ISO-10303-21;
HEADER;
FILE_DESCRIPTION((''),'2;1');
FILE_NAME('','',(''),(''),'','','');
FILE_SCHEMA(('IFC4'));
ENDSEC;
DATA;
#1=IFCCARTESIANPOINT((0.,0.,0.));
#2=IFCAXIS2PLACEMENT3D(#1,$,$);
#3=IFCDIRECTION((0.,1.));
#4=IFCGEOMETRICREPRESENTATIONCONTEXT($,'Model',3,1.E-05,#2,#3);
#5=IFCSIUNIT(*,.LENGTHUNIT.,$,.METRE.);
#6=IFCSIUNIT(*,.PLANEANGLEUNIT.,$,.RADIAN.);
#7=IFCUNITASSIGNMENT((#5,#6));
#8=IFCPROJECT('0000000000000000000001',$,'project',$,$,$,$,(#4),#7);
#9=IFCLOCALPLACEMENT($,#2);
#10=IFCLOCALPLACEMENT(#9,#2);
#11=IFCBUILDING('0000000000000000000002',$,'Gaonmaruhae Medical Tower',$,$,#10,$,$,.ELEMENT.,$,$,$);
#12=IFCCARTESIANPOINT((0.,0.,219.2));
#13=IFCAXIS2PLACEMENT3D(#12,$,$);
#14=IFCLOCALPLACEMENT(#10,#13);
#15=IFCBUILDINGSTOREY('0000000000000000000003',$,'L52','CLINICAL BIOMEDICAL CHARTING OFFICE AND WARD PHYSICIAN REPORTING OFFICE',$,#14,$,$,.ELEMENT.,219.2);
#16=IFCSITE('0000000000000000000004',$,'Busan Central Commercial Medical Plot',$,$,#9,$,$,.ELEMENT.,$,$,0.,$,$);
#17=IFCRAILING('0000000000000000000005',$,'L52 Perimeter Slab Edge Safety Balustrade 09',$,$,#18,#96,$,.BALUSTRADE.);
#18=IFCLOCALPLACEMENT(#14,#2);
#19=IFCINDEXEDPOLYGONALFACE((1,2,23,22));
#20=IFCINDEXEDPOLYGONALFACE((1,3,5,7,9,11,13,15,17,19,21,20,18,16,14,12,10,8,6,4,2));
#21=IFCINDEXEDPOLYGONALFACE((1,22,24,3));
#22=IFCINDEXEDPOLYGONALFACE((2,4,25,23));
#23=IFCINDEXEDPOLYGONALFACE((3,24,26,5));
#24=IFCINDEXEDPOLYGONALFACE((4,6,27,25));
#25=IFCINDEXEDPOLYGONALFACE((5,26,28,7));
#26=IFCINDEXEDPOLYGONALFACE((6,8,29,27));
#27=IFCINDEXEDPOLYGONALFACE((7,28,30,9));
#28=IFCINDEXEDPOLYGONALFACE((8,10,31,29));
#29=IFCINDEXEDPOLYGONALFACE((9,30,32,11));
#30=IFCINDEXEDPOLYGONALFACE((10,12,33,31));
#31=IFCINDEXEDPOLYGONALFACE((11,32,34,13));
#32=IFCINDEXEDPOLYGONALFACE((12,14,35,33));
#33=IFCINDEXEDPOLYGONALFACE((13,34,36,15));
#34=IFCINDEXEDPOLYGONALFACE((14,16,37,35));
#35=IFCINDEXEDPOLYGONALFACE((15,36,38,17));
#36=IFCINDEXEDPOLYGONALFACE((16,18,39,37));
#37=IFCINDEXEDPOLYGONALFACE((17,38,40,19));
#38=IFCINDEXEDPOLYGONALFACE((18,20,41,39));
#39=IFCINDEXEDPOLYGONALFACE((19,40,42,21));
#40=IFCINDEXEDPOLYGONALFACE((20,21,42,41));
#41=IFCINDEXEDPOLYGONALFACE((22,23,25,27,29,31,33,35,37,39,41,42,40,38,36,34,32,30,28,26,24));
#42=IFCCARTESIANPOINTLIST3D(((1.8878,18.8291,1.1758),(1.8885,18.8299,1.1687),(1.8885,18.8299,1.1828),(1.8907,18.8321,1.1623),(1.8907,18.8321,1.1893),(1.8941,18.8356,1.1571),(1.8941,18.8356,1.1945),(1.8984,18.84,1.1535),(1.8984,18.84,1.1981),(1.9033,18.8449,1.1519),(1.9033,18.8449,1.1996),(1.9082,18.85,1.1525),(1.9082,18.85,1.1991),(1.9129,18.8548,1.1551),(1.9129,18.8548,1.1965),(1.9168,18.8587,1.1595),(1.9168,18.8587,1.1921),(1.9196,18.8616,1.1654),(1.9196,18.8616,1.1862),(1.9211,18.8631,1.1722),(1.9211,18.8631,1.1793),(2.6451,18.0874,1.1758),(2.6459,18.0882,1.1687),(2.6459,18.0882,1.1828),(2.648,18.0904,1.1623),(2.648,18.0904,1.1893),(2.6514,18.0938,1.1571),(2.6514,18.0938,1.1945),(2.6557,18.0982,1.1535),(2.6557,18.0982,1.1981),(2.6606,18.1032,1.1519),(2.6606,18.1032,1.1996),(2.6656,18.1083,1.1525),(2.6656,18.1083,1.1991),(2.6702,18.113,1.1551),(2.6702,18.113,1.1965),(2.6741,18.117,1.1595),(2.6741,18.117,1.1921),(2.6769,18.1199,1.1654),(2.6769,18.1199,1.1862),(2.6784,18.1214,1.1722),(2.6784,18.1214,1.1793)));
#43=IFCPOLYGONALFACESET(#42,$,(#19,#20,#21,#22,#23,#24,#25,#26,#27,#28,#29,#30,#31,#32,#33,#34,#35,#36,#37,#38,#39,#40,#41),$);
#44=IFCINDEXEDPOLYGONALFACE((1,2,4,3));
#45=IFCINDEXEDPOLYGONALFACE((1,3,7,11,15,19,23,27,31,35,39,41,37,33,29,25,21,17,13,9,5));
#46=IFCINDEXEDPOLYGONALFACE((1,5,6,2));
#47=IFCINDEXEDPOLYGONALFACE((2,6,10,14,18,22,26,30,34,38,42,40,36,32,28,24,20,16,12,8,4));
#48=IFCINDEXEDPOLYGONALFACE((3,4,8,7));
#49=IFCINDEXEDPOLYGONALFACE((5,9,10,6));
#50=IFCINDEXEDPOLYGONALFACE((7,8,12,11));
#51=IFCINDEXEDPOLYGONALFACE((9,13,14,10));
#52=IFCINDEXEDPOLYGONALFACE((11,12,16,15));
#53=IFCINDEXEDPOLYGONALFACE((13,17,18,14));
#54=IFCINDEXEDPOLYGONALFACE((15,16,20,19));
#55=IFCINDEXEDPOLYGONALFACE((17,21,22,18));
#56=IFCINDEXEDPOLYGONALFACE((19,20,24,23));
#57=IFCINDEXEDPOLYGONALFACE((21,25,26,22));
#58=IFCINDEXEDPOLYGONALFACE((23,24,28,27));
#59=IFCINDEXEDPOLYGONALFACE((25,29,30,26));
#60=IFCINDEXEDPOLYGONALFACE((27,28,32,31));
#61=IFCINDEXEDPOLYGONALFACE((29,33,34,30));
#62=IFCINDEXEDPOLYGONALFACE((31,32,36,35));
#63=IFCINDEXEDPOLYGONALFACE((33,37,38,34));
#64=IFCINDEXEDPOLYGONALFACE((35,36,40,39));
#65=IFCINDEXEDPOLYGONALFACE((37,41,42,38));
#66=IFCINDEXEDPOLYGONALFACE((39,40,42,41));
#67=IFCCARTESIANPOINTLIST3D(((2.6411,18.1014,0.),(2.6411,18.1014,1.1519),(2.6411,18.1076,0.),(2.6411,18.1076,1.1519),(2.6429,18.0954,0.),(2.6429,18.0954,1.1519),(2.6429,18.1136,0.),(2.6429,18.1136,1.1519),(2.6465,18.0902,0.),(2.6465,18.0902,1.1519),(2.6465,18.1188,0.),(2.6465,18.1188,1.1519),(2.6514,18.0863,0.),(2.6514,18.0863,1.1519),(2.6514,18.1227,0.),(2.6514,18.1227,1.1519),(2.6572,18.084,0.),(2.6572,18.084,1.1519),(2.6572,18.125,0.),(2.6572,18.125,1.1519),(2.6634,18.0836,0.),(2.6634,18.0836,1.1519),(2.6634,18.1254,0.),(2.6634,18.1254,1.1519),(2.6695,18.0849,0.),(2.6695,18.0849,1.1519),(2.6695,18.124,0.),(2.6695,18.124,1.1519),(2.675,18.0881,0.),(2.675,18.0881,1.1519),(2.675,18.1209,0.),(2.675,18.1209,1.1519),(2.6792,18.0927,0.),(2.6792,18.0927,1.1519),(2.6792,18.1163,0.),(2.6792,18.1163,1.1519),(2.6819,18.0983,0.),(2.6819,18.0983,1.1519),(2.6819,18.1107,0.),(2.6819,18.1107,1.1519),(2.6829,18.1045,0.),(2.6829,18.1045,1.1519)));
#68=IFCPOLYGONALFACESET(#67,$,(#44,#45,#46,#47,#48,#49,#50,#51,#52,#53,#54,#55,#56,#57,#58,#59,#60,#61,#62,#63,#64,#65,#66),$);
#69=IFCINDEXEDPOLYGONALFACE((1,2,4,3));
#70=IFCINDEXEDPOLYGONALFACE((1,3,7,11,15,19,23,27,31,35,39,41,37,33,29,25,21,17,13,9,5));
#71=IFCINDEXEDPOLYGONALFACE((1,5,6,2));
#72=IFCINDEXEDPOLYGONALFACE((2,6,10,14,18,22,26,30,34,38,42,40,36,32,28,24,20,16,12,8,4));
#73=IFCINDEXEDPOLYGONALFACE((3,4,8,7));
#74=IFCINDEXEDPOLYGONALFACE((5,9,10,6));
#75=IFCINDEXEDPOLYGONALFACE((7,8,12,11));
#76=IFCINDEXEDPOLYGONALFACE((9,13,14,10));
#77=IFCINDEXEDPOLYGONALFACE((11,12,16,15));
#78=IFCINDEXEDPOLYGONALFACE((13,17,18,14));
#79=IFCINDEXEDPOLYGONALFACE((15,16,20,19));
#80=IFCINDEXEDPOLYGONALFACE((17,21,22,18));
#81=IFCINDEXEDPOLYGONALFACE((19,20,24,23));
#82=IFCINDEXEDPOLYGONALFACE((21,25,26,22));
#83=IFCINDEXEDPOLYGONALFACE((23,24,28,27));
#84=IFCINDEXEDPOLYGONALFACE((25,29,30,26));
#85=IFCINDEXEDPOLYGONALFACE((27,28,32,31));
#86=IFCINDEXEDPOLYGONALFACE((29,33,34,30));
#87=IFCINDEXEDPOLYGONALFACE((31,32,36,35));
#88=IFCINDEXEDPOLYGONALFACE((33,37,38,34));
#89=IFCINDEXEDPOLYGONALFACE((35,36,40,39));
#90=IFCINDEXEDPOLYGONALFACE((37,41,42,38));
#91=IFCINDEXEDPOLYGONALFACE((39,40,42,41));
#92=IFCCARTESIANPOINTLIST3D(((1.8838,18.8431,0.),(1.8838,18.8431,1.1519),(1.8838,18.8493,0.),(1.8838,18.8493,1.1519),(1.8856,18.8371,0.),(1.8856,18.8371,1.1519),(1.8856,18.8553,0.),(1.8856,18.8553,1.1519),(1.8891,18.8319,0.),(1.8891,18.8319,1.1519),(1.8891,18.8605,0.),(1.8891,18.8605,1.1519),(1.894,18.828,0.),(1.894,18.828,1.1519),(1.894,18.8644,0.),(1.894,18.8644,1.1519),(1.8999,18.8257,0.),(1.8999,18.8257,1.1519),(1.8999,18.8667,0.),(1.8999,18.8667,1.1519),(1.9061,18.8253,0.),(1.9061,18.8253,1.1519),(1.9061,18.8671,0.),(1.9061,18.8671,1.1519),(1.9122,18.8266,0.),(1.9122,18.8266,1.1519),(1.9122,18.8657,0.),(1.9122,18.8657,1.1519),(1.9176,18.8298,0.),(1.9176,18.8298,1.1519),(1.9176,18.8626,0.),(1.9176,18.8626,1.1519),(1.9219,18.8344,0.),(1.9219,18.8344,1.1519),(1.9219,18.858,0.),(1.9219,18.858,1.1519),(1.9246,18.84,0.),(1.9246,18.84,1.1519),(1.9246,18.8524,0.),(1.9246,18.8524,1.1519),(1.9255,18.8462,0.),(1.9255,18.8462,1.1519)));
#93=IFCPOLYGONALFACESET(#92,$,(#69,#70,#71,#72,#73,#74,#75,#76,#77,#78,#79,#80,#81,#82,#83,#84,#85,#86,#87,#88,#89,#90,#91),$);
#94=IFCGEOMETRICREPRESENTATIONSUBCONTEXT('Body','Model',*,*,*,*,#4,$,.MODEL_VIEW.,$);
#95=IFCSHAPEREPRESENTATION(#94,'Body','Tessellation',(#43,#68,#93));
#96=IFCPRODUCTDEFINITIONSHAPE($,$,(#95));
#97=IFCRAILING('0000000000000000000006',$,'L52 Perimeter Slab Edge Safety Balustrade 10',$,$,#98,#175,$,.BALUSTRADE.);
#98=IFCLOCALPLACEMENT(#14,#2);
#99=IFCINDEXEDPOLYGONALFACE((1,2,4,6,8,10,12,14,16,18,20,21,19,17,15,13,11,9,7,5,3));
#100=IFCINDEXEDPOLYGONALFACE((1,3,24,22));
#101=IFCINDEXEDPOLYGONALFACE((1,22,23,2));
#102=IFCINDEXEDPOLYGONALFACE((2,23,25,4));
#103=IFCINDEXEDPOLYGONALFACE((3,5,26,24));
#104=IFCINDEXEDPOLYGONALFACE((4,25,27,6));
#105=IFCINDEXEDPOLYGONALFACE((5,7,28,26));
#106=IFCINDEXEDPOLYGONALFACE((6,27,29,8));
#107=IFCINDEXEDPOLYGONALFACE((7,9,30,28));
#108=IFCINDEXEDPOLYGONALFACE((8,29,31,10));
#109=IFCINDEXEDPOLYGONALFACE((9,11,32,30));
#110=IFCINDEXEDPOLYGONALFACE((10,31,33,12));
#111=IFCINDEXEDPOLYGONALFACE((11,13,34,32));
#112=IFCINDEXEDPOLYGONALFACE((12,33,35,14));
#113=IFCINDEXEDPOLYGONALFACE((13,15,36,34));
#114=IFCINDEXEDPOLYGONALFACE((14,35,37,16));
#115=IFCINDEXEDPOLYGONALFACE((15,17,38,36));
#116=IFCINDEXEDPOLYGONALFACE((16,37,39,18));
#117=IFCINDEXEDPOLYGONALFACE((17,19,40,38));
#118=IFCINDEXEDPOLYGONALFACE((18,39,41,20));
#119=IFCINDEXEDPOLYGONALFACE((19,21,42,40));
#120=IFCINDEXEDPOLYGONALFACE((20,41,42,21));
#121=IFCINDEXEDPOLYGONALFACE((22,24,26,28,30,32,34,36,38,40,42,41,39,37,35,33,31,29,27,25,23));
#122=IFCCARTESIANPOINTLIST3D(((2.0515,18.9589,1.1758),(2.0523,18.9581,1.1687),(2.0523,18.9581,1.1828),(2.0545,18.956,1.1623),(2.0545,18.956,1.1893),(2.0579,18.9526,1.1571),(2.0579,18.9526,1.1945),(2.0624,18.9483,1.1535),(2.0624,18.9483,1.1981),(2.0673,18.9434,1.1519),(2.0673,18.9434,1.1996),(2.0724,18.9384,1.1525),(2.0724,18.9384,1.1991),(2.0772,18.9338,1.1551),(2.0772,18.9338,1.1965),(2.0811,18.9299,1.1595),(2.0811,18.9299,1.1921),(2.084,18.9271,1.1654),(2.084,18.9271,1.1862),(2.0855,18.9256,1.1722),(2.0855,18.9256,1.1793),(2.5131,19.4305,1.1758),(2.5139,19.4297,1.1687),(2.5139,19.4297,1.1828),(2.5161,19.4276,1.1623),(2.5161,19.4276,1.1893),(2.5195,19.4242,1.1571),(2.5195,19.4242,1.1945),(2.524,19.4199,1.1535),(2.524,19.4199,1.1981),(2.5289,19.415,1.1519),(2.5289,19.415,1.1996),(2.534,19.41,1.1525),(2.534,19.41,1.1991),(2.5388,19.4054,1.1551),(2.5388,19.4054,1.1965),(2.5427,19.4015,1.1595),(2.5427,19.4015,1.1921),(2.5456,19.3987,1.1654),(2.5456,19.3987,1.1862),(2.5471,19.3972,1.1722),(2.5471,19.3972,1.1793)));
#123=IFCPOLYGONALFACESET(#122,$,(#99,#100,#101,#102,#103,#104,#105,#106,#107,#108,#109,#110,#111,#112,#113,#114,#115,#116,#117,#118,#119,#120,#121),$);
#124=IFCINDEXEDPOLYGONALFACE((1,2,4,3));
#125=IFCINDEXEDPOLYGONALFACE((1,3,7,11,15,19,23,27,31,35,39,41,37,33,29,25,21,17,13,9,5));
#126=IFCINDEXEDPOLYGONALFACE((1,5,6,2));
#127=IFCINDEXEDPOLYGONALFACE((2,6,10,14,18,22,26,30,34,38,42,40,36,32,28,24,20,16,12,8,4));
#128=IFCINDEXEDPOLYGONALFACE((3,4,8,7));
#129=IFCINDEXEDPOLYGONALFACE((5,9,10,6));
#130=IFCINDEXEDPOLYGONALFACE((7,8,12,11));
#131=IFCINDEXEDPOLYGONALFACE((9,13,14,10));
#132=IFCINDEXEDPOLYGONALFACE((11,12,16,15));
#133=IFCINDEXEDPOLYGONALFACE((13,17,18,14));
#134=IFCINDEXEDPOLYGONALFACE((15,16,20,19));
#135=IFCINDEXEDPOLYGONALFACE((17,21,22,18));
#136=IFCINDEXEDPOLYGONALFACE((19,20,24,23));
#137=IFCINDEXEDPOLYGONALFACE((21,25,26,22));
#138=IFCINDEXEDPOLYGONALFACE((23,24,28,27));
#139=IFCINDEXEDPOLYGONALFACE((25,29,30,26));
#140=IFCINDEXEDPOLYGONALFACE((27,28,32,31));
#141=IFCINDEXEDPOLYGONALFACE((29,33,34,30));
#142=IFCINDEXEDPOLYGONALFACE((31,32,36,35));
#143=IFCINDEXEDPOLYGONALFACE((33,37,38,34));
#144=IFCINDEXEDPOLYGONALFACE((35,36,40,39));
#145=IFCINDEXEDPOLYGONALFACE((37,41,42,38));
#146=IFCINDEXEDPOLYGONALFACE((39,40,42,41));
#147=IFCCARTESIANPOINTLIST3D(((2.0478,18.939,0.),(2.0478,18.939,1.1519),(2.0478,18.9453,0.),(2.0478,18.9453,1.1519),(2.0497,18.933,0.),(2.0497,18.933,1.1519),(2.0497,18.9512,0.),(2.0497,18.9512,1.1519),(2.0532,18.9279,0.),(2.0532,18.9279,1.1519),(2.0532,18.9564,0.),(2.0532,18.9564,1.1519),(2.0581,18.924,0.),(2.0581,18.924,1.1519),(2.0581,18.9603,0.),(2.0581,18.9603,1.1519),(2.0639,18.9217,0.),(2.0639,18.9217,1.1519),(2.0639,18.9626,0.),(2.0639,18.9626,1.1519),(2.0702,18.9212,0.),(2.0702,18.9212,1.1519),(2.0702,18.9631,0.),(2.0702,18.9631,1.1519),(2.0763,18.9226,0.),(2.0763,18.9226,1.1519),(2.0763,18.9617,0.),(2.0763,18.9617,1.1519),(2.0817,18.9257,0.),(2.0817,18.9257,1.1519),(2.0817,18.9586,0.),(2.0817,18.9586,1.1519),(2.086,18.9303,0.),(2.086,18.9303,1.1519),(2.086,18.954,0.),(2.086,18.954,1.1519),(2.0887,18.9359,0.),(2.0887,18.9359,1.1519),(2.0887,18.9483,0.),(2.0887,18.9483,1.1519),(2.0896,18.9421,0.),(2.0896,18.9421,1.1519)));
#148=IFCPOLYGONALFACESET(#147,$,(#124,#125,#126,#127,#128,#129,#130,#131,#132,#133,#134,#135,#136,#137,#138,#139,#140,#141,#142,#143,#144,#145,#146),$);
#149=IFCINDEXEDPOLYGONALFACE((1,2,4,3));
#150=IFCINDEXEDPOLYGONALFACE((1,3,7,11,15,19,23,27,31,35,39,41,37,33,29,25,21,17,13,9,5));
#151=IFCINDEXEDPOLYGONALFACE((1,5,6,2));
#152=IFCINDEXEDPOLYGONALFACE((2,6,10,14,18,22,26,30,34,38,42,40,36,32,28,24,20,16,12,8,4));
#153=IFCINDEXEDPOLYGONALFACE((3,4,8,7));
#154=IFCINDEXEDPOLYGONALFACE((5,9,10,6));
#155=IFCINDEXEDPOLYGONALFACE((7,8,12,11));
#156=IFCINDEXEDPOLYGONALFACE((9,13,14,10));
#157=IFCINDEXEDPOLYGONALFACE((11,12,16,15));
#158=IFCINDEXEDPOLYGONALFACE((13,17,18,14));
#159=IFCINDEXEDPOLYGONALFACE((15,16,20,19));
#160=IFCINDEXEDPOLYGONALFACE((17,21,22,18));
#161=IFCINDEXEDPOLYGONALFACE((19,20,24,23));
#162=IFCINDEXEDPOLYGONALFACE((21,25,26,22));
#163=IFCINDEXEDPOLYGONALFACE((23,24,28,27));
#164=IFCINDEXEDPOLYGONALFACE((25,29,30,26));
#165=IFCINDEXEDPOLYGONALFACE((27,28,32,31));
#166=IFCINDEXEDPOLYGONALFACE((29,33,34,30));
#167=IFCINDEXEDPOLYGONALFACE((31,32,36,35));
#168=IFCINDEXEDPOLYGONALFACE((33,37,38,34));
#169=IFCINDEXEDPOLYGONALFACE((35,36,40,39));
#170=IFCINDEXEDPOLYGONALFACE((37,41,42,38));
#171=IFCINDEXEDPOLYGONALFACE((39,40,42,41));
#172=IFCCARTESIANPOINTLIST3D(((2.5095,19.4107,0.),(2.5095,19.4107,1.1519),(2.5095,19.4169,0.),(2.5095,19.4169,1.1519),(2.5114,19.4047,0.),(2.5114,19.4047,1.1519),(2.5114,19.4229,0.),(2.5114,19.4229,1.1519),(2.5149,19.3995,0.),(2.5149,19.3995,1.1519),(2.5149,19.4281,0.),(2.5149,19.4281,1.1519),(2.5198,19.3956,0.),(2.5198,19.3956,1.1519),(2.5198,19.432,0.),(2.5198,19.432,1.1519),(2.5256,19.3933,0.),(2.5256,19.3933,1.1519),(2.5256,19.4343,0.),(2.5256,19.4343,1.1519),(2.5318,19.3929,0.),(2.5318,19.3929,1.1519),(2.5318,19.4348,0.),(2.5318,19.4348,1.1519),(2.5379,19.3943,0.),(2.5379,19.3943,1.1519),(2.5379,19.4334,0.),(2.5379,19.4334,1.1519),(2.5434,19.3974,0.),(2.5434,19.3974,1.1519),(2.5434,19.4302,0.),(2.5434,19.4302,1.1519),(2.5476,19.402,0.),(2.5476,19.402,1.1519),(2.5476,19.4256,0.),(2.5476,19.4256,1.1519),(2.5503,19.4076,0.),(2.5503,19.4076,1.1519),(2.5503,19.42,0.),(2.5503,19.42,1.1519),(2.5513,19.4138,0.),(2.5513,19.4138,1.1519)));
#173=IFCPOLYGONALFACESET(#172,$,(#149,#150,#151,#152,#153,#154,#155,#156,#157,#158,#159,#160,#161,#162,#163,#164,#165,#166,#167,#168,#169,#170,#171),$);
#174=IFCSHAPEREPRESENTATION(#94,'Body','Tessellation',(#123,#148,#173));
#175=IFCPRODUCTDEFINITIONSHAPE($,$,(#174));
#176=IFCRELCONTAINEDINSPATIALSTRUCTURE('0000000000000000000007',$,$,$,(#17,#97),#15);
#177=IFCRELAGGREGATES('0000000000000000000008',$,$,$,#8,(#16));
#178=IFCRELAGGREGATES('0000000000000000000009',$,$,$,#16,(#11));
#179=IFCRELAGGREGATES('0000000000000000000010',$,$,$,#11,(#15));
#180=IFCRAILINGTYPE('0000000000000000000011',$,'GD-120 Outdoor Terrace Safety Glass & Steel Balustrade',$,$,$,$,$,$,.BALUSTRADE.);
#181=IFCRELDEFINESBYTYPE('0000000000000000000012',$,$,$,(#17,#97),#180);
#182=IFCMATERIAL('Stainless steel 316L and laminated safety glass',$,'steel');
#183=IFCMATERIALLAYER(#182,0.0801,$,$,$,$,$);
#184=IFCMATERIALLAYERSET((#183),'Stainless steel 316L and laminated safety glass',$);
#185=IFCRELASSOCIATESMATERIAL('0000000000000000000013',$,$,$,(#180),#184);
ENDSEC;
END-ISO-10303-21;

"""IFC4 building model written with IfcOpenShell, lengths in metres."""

from ifc_helpers import new_model, si_unit, direction, frame, origin, origin_2d, place, context, subcontext, project, spatial, circle, extrude, material, layer, layer_set, type_object, element, save


model = new_model("IFC4")

# Units and contexts
model_context = context("Model", 3, precision=1e-05, world=origin(), true_north=direction((0.0, 1.0)))
body_context = subcontext(model_context, "Body", "Model", "MODEL_VIEW")
ifc_project = project(units=[si_unit("LENGTHUNIT", "METRE"), si_unit("PLANEANGLEUNIT", "RADIAN")], contexts=[model_context])

# Site, building, storey
site_placement = place(None, origin())
site = spatial("IfcSite", under=ifc_project, at=site_placement, Name="Busan Central Commercial Medical Plot", CompositionType="ELEMENT", RefElevation=0.0)
building_placement = place(site_placement, origin())
building = spatial("IfcBuilding", under=site, at=building_placement, Name="Gaonmaruhae Medical Tower", CompositionType="ELEMENT")
storey_placement = place(building_placement, frame((0.0, 0.0, 219.2)))
storey = spatial("IfcBuildingStorey", under=building, at=storey_placement, Name="L52", Description="CLINICAL BIOMEDICAL CHARTING OFFICE AND WARD PHYSICIAN REPORTING OFFICE", CompositionType="ELEMENT", Elevation=219.2)

# Railings
ifc_material_1 = material(Name="Stainless steel 316L and laminated safety glass", Category="steel")
ifc_layer_1 = layer(ifc_material_1, 0.0801)
ifc_layer_set_1 = layer_set([ifc_layer_1], Name="Stainless steel 316L and laminated safety glass")
railing_type = type_object("IfcRailingType", Name="GD-120 Outdoor Terrace Safety Glass & Steel Balustrade", PredefinedType="BALUSTRADE", material=ifc_layer_set_1)
railing_1_placement = place(storey_placement, frame((2.6619, 18.1045, 0.0)))
element("IfcRailing", 1, at=railing_1_placement, inside=storey, type_object=railing_type, Name="L52 Perimeter Slab Edge Safety Balustrade 09", PredefinedType="BALUSTRADE", context=body_context, shape_type="SweptSolid", body=[
    extrude(circle(Radius=0.0239, at=origin_2d()), frame((0.0, 0.0, 1.1758), z_axis=(-0.714438, 0.699698, 0.0), x_axis=(-0.699698, -0.714438, 0.0)), (0.0, 0.0, 1.0), 1.0601),
    extrude(circle(Radius=0.021, at=origin_2d()), origin(), (0.0, 0.0, 1.0), 1.1519),
    extrude(circle(Radius=0.021, at=origin_2d()), frame((-0.7573, 0.7417, 0.0)), (0.0, 0.0, 1.0), 1.1519),
])
railing_2_placement = place(storey_placement, frame((2.0686, 18.9421, 0.0)))
element("IfcRailing", 2, at=railing_2_placement, inside=storey, type_object=railing_type, Name="L52 Perimeter Slab Edge Safety Balustrade 10", PredefinedType="BALUSTRADE", context=body_context, shape_type="SweptSolid", body=[
    extrude(circle(Radius=0.0239, at=origin_2d()), frame((0.0, 0.0, 1.1758), z_axis=(0.699483, 0.714649, 0.0), x_axis=(-0.714649, 0.699483, 0.0)), (0.0, 0.0, 1.0), 0.6599),
    extrude(circle(Radius=0.021, at=origin_2d()), origin(), (0.0, 0.0, 1.0), 1.1519),
    extrude(circle(Radius=0.021, at=origin_2d()), frame((0.4617, 0.4717, 0.0)), (0.0, 0.0, 1.0), 1.1519),
])

save(model, "model.ifc")
